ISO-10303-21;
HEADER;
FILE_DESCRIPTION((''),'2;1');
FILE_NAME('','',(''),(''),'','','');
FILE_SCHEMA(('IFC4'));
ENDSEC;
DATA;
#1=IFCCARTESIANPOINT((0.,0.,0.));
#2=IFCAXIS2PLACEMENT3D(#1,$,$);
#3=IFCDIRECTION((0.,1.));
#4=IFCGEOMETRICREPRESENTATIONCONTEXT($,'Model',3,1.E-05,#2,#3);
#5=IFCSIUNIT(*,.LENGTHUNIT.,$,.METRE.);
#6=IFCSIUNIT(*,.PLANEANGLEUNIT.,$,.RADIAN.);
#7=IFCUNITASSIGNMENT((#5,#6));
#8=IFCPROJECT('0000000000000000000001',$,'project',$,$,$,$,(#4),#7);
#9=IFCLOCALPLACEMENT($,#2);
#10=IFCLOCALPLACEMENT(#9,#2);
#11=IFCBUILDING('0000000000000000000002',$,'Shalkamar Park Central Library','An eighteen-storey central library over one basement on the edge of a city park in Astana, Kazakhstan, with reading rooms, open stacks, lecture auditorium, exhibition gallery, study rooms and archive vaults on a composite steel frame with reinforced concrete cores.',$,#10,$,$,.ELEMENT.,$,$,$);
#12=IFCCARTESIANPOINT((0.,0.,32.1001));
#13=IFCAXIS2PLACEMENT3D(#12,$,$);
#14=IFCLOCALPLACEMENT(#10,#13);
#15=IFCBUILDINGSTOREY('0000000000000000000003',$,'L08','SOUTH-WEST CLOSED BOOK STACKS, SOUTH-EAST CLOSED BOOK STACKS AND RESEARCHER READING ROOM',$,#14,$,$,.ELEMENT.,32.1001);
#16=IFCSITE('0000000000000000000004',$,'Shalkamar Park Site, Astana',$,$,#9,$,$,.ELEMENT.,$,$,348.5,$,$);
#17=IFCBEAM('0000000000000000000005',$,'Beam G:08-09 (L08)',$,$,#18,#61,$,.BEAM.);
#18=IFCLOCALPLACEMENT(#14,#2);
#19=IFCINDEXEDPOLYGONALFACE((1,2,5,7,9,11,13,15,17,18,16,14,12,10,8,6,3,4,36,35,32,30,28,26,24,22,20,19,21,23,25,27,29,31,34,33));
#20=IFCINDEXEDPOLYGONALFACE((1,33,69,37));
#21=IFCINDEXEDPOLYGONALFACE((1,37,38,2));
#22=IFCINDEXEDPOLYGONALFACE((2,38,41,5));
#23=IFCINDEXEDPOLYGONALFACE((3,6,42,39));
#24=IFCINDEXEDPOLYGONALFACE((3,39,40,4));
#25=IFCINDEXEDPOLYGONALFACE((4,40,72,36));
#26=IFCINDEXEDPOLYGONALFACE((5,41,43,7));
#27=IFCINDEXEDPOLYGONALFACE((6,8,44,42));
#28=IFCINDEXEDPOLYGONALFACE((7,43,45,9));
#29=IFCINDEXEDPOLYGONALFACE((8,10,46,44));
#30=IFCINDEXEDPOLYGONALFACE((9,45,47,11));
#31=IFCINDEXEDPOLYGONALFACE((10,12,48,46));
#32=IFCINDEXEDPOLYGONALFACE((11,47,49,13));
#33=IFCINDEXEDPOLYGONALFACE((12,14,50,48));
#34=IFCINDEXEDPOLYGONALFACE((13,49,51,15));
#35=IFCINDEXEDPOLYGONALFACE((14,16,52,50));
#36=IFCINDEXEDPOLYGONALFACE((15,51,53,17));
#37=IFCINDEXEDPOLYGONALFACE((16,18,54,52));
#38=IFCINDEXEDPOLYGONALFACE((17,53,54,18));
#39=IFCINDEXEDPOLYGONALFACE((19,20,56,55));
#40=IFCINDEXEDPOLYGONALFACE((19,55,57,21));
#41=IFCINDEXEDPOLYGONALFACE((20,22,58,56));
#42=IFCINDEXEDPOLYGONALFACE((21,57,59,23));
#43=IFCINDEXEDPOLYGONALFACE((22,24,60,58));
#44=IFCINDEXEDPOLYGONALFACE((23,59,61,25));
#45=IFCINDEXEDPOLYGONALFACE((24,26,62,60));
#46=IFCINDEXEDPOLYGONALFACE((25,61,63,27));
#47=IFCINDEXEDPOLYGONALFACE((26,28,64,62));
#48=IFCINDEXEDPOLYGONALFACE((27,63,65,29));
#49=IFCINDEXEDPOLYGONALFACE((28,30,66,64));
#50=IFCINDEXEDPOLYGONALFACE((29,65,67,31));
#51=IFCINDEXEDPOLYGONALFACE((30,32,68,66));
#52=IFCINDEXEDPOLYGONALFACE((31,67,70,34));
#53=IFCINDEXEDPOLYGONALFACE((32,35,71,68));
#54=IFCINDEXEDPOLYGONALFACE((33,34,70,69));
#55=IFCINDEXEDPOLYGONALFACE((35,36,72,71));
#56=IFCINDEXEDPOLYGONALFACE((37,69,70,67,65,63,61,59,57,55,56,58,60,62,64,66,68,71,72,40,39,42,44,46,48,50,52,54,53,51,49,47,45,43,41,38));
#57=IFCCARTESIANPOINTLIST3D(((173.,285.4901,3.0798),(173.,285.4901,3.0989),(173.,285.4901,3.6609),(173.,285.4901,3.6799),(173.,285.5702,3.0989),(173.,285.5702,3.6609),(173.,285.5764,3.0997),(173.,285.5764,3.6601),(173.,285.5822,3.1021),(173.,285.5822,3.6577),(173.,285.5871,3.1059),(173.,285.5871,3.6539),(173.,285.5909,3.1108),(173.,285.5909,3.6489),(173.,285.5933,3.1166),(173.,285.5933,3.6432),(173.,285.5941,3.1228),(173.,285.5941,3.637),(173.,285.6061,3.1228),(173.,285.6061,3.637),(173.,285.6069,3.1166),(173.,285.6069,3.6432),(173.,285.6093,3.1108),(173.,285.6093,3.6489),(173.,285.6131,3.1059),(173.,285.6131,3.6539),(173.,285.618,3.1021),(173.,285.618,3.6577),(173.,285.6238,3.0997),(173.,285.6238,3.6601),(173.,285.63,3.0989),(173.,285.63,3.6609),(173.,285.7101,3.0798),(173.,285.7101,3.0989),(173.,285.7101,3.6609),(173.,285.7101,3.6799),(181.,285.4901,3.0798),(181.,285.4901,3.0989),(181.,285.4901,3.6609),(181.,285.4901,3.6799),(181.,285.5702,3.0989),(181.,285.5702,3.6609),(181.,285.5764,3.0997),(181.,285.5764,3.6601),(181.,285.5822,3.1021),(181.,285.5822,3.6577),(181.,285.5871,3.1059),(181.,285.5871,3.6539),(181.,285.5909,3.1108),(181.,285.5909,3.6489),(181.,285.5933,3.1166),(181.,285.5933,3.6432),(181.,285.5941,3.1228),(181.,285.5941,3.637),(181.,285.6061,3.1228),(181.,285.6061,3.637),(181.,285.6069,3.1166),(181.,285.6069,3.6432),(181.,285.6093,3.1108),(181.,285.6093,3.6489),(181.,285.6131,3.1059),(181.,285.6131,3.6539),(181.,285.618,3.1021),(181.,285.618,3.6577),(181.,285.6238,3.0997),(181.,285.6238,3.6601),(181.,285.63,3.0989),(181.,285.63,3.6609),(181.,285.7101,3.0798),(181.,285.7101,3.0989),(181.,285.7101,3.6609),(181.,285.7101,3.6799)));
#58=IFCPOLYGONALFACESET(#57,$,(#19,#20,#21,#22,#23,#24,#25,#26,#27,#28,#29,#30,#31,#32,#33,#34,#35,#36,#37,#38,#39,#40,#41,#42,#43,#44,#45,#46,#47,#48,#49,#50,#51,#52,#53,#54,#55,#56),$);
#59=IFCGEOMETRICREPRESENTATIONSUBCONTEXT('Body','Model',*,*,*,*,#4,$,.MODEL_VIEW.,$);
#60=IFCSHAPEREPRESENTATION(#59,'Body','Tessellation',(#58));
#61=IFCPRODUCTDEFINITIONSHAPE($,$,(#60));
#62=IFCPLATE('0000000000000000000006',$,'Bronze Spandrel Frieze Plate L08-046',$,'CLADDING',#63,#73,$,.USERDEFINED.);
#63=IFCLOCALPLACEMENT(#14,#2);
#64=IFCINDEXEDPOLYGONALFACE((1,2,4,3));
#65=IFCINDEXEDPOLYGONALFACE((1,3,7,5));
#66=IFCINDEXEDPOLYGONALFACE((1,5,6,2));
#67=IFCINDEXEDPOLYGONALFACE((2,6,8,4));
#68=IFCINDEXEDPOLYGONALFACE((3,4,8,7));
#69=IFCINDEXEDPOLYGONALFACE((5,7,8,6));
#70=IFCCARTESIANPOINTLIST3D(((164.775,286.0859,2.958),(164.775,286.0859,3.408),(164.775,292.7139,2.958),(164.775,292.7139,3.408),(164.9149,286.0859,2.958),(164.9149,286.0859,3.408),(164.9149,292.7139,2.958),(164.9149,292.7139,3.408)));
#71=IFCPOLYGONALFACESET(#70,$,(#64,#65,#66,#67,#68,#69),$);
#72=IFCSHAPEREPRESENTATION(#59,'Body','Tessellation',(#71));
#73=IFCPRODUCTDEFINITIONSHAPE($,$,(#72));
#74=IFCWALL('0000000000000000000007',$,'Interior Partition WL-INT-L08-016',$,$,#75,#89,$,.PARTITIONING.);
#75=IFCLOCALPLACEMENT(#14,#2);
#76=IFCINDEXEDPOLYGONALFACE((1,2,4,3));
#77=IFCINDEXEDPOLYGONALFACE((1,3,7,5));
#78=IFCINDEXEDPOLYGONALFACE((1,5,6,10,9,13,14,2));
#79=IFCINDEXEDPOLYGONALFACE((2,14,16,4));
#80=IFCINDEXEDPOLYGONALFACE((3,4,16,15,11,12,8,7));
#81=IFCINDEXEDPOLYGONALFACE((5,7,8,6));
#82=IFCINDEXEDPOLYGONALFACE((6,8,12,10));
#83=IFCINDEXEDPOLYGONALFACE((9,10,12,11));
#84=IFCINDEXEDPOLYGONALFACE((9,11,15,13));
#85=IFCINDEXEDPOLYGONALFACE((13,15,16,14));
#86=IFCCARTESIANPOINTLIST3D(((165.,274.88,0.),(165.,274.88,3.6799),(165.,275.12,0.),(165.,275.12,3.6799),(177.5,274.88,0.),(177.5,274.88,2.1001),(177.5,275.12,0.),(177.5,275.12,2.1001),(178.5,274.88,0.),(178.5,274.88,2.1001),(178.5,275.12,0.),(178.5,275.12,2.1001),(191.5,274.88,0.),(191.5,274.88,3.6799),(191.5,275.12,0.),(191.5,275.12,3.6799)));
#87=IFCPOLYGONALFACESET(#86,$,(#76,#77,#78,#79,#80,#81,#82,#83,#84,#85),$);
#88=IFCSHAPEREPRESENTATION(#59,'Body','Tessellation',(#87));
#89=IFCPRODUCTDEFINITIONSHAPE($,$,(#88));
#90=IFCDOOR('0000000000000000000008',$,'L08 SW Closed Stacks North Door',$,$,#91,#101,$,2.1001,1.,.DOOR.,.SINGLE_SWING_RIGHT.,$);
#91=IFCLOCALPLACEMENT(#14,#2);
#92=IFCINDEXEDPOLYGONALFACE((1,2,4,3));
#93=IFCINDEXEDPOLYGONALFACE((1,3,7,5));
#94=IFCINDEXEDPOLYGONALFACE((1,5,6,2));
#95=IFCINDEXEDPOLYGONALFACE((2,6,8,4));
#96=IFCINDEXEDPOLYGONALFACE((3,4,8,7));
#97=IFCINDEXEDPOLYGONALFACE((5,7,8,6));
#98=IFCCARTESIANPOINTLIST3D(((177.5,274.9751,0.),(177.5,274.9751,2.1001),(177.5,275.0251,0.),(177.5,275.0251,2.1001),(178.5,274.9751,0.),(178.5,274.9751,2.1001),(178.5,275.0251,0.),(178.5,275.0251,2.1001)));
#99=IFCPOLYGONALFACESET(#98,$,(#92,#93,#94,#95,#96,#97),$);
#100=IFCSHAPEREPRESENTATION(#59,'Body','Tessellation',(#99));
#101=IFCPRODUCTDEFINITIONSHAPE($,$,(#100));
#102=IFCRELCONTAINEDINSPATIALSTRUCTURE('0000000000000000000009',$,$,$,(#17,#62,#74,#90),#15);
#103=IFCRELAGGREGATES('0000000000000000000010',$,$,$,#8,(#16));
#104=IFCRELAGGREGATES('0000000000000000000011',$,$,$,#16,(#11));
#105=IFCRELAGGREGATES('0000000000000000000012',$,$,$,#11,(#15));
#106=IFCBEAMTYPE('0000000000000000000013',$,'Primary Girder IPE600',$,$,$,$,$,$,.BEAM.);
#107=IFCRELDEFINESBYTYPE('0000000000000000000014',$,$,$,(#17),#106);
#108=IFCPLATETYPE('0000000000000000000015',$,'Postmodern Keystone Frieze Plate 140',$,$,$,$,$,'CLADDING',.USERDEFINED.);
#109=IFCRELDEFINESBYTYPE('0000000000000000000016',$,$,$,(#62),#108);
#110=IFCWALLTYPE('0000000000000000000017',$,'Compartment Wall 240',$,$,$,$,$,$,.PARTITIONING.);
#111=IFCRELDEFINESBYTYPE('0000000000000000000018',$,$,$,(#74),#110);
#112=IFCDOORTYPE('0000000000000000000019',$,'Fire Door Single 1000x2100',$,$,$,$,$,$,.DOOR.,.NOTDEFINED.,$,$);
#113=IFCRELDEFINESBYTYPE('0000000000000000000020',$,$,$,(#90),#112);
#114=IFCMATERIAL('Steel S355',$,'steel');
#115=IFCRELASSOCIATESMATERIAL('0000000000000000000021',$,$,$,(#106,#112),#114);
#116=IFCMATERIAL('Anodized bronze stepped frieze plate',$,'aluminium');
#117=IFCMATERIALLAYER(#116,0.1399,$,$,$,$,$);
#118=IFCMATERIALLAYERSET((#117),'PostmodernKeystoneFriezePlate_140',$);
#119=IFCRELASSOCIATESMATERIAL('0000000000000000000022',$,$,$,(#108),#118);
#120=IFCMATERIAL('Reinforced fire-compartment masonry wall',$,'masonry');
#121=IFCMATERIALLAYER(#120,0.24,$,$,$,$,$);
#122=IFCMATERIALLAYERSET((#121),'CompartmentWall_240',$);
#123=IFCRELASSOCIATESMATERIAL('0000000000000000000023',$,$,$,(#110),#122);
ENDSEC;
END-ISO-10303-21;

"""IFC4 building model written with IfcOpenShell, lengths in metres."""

from ifc_helpers import new_model, si_unit, direction, frame, frame_2d, origin, origin_2d, place, context, subcontext, project, spatial, rectangle, i_section, extrude, material, layer, layer_set, material_profile, profile_set, type_object, element, fill, save


model = new_model("IFC4")

# Units and contexts
model_context = context("Model", 3, precision=1e-05, world=origin(), true_north=direction((0.0, 1.0)))
body_context = subcontext(model_context, "Body", "Model", "MODEL_VIEW")
ifc_project = project(units=[si_unit("LENGTHUNIT", "METRE"), si_unit("PLANEANGLEUNIT", "RADIAN")], contexts=[model_context])

# Site, building, storey
site_placement = place(None, origin())
site = spatial("IfcSite", under=ifc_project, at=site_placement, Name="Shalkamar Park Site, Astana", CompositionType="ELEMENT", RefElevation=348.5)
building_placement = place(site_placement, origin())
building = spatial("IfcBuilding", under=site, at=building_placement, Name="Shalkamar Park Central Library", Description="An eighteen-storey central library over one basement on the edge of a city park in Astana, Kazakhstan, with reading rooms, open stacks, lecture auditorium, exhibition gallery, study rooms and archive vaults on a composite steel frame with reinforced concrete cores.", CompositionType="ELEMENT")
storey_placement = place(building_placement, frame((0.0, 0.0, 32.1001)))
storey = spatial("IfcBuildingStorey", under=building, at=storey_placement, Name="L08", Description="SOUTH-WEST CLOSED BOOK STACKS, SOUTH-EAST CLOSED BOOK STACKS AND RESEARCHER READING ROOM", CompositionType="ELEMENT", Elevation=32.1001)

# Shared definitions
ifc_material_1 = material(Name="Steel S355", Category="steel")

# Beam
ifc_material_profile_1 = material_profile(ifc_material_1, i_section(OverallWidth=0.22, OverallDepth=0.6001, WebThickness=0.012, FlangeThickness=0.019, FilletRadius=0.0239, at=origin_2d()), Name="IPE 600")
ifc_profile_set_1 = profile_set([ifc_material_profile_1], Name="Steel S355")
beam_type_1 = type_object("IfcBeamType", Name="Primary Girder IPE600", PredefinedType="BEAM", material=ifc_profile_set_1)
for number, where, z_axis, x_axis, name in (
    (1, (173.0, 285.6001, 3.3799), (1.0, 0.0, 0.0), (0.0, 1.0, 0.0), "Beam G:08-09 (L08)"),
):
    element("IfcBeam", number, at=place(storey_placement, frame(where, z_axis=z_axis, x_axis=x_axis)), inside=storey, type_object=beam_type_1, Name=name, PredefinedType="BEAM", context=body_context, shape_type="SweptSolid", body=[
        extrude(i_section(OverallWidth=0.22, OverallDepth=0.6001, WebThickness=0.012, FlangeThickness=0.019, FilletRadius=0.0239, at=origin_2d()), origin(), (0.0, 0.0, 1.0), 8.0),
    ])

# Plate
ifc_material_2 = material(Name="Anodized bronze stepped frieze plate", Category="aluminium")
ifc_layer_1 = layer(ifc_material_2, 0.1399)
ifc_layer_set_1 = layer_set([ifc_layer_1], Name="PostmodernKeystoneFriezePlate_140")
plate_type = type_object("IfcPlateType", Name="Postmodern Keystone Frieze Plate 140", ElementType="CLADDING", PredefinedType="USERDEFINED", material=ifc_layer_set_1)
plate_placement = place(storey_placement, frame((164.845, 289.3999, 2.958), z_axis=(0.0, 0.0, 1.0), x_axis=(1.0, 0.0, 0.0)))
element("IfcPlate", 2, at=plate_placement, inside=storey, type_object=plate_type, Name="Bronze Spandrel Frieze Plate L08-046", ObjectType="CLADDING", PredefinedType="USERDEFINED", context=body_context, shape_type="SweptSolid", body=[
    extrude(rectangle(XDim=0.1399, YDim=6.6279, at=origin_2d()), origin(), (0.0, 0.0, 1.0), 0.45),
])

# Wall, opening, door
ifc_material_3 = material(Name="Reinforced fire-compartment masonry wall", Category="masonry")
ifc_layer_2 = layer(ifc_material_3, 0.24)
ifc_layer_set_2 = layer_set([ifc_layer_2], Name="CompartmentWall_240")
wall_type_1 = type_object("IfcWallType", Name="Compartment Wall 240", PredefinedType="PARTITIONING", material=ifc_layer_set_2)
wall_1_placement = place(storey_placement, frame((165.0, 275.0, 0.0), z_axis=(0.0, 0.0, 1.0), x_axis=(1.0, 0.0, 0.0)))
wall_1 = element("IfcWall", 3, at=wall_1_placement, inside=storey, type_object=wall_type_1, Name="Interior Partition WL-INT-L08-016", PredefinedType="PARTITIONING", context=body_context, shape_type="SweptSolid", body=[
    extrude(rectangle(XDim=26.5, YDim=0.24, at=frame_2d((13.25, 0.0))), origin(), (0.0, 0.0, 1.0), 3.6799),
])
opening_1_placement = place(wall_1_placement, frame((12.5, 0.0, 0.0)))
opening_1 = element("IfcOpeningElement", 4, at=opening_1_placement, cuts=wall_1, PredefinedType="OPENING", context=body_context, shape_type="SweptSolid", body=[
    extrude(rectangle(XDim=1.0, YDim=2.1001, at=frame_2d((0.5, 1.05))), frame((0.0, 0.1348, 0.0), z_axis=(0.0, -1.0, 0.0), x_axis=(1.0, 0.0, 0.0)), (0.0, 0.0, 1.0), 0.2698),
])
door_type_1 = type_object("IfcDoorType", Name="Fire Door Single 1000x2100", OperationType="NOTDEFINED", PredefinedType="DOOR", material=ifc_material_1)
door_1_placement = place(opening_1_placement, frame((1.0, 0.0, 0.0), z_axis=(0.0, 0.0, 1.0), x_axis=(-1.0, 0.0, 0.0)))
door_1 = element("IfcDoor", 5, at=door_1_placement, inside=storey, type_object=door_type_1, Name="L08 SW Closed Stacks North Door", OperationType="SINGLE_SWING_RIGHT", OverallHeight=2.1001, OverallWidth=1.0, PredefinedType="DOOR", context=body_context, shape_type="SweptSolid", body=[
    extrude(rectangle(XDim=1.0, YDim=2.1001, at=frame_2d((0.5, 1.05))), frame((0.0, 0.0249, 0.0), z_axis=(0.0, -1.0, 0.0), x_axis=(1.0, 0.0, 0.0)), (0.0, 0.0, 1.0), 0.05),
])
fill(opening_1, door_1)

save(model, "model.ifc")
